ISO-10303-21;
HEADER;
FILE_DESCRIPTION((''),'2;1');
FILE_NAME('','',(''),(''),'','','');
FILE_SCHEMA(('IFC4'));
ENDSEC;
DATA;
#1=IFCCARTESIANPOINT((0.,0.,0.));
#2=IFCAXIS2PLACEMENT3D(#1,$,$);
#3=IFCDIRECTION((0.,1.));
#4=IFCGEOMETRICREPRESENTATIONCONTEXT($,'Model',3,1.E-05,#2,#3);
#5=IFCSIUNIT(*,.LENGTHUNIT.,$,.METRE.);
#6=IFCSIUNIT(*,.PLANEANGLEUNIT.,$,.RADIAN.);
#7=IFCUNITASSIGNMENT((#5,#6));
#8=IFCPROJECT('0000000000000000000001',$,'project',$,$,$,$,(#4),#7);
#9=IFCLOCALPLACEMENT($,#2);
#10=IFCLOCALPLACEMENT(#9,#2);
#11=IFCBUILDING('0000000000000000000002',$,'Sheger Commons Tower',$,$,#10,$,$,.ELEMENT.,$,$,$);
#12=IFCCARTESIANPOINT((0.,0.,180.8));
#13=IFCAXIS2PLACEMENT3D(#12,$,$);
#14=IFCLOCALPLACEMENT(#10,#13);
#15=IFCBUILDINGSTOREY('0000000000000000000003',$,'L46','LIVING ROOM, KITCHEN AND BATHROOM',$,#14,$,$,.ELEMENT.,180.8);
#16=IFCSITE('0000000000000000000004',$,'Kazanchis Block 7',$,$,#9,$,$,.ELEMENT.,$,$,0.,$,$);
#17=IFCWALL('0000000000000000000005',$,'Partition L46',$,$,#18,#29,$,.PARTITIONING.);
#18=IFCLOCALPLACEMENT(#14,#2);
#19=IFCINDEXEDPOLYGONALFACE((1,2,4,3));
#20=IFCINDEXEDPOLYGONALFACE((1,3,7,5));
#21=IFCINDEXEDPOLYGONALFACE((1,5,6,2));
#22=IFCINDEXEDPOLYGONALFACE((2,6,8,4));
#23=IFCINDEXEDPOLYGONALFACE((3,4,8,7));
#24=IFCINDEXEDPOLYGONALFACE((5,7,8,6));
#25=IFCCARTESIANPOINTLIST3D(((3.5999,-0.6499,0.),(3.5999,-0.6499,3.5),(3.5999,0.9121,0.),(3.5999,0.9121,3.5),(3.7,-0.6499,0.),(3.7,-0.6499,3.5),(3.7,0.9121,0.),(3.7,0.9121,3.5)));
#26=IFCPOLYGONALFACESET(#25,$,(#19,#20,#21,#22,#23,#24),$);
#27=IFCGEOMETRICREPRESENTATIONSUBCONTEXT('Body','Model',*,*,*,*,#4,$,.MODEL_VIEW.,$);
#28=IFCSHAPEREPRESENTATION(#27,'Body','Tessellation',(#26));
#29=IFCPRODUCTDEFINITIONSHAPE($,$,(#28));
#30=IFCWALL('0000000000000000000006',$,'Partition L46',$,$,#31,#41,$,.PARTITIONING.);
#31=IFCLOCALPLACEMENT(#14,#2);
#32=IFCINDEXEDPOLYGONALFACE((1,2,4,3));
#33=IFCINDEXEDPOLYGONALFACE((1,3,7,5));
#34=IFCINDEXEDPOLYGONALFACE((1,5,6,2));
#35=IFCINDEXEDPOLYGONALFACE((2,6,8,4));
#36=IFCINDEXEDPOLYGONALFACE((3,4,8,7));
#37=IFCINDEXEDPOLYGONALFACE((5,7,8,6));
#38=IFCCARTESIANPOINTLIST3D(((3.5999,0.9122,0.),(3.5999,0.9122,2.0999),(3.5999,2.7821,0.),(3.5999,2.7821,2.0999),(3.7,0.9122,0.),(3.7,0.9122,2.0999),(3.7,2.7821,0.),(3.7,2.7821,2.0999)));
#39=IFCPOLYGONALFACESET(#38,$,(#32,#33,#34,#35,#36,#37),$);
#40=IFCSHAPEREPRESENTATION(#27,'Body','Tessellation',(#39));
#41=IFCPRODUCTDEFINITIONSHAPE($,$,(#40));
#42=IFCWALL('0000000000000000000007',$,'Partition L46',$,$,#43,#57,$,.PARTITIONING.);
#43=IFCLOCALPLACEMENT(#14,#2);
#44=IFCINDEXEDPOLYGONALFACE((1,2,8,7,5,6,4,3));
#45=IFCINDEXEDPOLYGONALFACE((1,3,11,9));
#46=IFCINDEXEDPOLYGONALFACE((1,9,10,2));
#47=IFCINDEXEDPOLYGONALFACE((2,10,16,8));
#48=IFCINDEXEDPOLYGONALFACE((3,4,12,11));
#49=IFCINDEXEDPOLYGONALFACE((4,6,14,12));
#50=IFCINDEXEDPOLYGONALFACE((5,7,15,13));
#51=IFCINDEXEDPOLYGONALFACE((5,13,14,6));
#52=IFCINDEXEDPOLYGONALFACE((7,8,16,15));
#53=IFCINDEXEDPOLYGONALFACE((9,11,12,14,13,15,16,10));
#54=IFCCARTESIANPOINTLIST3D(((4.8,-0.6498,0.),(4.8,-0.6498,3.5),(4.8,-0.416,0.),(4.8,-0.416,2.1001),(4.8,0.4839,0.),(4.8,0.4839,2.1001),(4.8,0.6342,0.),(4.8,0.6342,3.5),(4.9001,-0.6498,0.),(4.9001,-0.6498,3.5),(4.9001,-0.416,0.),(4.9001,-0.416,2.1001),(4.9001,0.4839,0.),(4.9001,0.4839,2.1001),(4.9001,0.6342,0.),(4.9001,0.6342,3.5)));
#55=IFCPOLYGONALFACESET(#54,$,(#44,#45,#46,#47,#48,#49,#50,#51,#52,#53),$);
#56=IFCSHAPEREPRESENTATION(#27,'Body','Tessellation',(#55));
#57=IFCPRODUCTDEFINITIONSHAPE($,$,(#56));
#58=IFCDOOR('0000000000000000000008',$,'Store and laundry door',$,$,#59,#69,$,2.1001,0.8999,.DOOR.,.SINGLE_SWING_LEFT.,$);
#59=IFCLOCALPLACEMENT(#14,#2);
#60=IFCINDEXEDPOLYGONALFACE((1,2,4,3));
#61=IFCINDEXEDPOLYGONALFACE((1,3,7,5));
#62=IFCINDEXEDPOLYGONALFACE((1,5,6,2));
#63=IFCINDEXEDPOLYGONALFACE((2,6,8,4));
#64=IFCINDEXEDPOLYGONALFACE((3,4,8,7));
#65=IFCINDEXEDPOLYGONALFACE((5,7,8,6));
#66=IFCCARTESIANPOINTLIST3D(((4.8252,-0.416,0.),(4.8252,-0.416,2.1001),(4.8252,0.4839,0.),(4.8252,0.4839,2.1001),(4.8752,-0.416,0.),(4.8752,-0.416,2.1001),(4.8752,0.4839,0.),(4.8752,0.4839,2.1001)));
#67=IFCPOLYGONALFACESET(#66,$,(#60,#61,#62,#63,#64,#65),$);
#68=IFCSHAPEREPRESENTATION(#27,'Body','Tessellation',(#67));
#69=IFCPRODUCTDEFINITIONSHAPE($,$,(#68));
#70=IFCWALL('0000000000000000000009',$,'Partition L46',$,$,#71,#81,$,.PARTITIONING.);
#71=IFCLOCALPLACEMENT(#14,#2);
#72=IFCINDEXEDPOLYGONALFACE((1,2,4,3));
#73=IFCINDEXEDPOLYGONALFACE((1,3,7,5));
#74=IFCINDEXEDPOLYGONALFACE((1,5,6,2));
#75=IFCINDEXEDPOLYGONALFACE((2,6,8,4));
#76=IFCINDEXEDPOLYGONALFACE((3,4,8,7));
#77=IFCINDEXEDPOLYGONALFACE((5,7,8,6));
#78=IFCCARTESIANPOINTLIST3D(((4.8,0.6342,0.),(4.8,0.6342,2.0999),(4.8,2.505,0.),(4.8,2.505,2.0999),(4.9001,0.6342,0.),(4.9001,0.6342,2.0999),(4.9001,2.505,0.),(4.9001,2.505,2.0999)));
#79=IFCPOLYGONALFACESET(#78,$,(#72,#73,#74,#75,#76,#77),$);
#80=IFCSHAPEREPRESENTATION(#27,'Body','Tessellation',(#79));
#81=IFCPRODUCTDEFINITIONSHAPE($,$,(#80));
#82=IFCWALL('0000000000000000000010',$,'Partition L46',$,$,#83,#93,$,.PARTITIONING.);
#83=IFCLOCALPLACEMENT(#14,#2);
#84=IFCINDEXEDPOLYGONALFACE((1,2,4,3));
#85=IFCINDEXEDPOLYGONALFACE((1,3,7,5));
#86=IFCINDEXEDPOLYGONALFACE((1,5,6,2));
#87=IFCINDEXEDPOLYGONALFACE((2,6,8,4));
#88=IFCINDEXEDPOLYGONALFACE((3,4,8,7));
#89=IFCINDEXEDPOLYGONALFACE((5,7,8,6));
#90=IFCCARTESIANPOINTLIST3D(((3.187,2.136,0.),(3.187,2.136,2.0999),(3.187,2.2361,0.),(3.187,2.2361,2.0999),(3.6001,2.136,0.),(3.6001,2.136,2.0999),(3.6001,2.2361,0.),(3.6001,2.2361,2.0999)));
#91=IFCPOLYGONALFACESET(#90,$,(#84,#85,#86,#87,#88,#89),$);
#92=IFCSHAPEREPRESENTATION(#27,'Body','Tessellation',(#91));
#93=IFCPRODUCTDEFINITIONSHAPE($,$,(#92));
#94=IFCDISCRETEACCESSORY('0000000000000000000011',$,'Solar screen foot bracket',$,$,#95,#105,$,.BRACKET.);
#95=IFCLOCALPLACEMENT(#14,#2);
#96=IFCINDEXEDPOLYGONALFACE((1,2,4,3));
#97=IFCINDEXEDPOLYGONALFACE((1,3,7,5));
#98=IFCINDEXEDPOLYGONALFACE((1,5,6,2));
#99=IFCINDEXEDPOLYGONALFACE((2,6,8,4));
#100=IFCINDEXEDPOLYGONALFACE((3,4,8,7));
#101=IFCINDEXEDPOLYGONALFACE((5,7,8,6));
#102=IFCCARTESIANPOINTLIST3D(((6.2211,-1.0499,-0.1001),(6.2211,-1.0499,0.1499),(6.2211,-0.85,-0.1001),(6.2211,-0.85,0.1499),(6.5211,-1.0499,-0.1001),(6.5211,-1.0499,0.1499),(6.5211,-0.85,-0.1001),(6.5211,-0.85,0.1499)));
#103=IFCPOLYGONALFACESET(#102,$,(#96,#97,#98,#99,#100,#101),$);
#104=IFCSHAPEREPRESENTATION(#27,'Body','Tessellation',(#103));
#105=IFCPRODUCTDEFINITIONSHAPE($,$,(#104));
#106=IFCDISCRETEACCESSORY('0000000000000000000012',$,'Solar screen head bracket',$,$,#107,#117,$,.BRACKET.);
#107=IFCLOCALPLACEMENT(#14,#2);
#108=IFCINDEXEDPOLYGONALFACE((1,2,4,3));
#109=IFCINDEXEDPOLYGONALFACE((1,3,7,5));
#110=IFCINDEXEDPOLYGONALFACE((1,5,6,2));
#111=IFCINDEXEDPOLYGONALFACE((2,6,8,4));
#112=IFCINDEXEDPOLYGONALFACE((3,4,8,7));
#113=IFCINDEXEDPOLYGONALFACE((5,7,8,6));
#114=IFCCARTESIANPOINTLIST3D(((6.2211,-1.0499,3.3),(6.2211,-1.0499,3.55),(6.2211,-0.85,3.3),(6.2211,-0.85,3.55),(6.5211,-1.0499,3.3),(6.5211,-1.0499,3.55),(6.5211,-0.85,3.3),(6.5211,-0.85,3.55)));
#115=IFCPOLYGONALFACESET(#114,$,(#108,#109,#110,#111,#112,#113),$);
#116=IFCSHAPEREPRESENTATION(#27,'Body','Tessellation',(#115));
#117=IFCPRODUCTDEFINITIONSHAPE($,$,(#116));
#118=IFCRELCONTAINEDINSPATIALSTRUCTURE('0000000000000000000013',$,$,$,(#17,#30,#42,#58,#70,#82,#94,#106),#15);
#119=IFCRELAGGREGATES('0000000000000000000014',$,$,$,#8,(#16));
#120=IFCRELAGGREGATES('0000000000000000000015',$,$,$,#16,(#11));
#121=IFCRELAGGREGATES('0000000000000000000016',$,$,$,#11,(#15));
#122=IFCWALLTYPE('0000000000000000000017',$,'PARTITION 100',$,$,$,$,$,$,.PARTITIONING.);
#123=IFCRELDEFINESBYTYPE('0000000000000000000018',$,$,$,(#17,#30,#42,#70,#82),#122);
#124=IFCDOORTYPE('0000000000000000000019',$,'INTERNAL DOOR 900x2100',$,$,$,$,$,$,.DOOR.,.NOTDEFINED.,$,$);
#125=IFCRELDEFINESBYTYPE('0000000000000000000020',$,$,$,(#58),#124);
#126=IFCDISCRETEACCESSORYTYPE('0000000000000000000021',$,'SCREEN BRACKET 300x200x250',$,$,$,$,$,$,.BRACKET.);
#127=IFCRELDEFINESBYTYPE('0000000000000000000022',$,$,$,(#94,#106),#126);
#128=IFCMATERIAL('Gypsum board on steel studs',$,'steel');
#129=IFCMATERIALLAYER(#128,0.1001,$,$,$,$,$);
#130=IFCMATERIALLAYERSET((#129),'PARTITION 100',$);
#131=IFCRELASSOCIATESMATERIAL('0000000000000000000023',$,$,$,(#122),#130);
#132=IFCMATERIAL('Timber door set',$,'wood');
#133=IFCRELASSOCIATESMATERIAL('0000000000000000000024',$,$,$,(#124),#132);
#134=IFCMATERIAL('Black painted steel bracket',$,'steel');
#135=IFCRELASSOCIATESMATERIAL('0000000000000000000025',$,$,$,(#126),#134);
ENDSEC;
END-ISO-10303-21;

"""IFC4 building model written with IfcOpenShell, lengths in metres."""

from ifc_helpers import new_model, si_unit, direction, frame, frame_2d, origin, origin_2d, place, context, subcontext, project, spatial, rectangle, extrude, material, layer, layer_set, type_object, element, fill, save


model = new_model("IFC4")

# Units and contexts
model_context = context("Model", 3, precision=1e-05, world=origin(), true_north=direction((0.0, 1.0)))
body_context = subcontext(model_context, "Body", "Model", "MODEL_VIEW")
ifc_project = project(units=[si_unit("LENGTHUNIT", "METRE"), si_unit("PLANEANGLEUNIT", "RADIAN")], contexts=[model_context])

# Site, building, storey
site_placement = place(None, origin())
site = spatial("IfcSite", under=ifc_project, at=site_placement, Name="Kazanchis Block 7", CompositionType="ELEMENT", RefElevation=0.0)
building_placement = place(site_placement, origin())
building = spatial("IfcBuilding", under=site, at=building_placement, Name="Sheger Commons Tower", CompositionType="ELEMENT")
storey_placement = place(building_placement, frame((0.0, 0.0, 180.8)))
storey = spatial("IfcBuildingStorey", under=building, at=storey_placement, Name="L46", Description="LIVING ROOM, KITCHEN AND BATHROOM", CompositionType="ELEMENT", Elevation=180.8)

# Walls
ifc_material_1 = material(Name="Gypsum board on steel studs", Category="steel")
ifc_layer_1 = layer(ifc_material_1, 0.1001)
ifc_layer_set_1 = layer_set([ifc_layer_1], Name="PARTITION 100")
wall_type_1 = type_object("IfcWallType", Name="PARTITION 100", PredefinedType="PARTITIONING", material=ifc_layer_set_1)
wall_1_placement = place(storey_placement, frame((3.6499, -0.6499, 0.0), z_axis=(0.0, 0.0, 1.0), x_axis=(0.0, 1.0, 0.0)))
element("IfcWall", 1, at=wall_1_placement, inside=storey, type_object=wall_type_1, Name="Partition L46", PredefinedType="PARTITIONING", context=body_context, shape_type="SweptSolid", body=[
    extrude(rectangle(XDim=1.562, YDim=0.1001, at=frame_2d((0.781, 0.0))), origin(), (0.0, 0.0, 1.0), 3.5),
])
wall_2_placement = place(storey_placement, frame((3.6499, 0.9121, 0.0), z_axis=(0.0, 0.0, 1.0), x_axis=(0.0, 1.0, 0.0)))
element("IfcWall", 2, at=wall_2_placement, inside=storey, type_object=wall_type_1, Name="Partition L46", PredefinedType="PARTITIONING", context=body_context, shape_type="SweptSolid", body=[
    extrude(rectangle(XDim=1.8699, YDim=0.1001, at=frame_2d((0.9351, 0.0))), origin(), (0.0, 0.0, 1.0), 2.0999),
])

# Wall, opening, door
wall_3_placement = place(storey_placement, frame((4.8501, -0.6499, 0.0), z_axis=(0.0, 0.0, 1.0), x_axis=(0.0, 1.0, 0.0)))
wall_3 = element("IfcWall", 3, at=wall_3_placement, inside=storey, type_object=wall_type_1, Name="Partition L46", PredefinedType="PARTITIONING", context=body_context, shape_type="SweptSolid", body=[
    extrude(rectangle(XDim=1.2839, YDim=0.1001, at=frame_2d((0.6421, 0.0))), origin(), (0.0, 0.0, 1.0), 3.5),
])
opening_1_placement = place(wall_3_placement, frame((0.2339, 0.0, 0.0)))
opening_1 = element("IfcOpeningElement", 4, at=opening_1_placement, cuts=wall_3, PredefinedType="OPENING", context=body_context, shape_type="SweptSolid", body=[
    extrude(rectangle(XDim=0.8999, YDim=2.1001, at=frame_2d((0.45, 1.05))), frame((0.0, 0.0601, 0.0), z_axis=(0.0, -1.0, 0.0), x_axis=(1.0, 0.0, 0.0)), (0.0, 0.0, 1.0), 0.1201),
])
ifc_material_2 = material(Name="Timber door set", Category="wood")
door_type = type_object("IfcDoorType", Name="INTERNAL DOOR 900x2100", OperationType="NOTDEFINED", PredefinedType="DOOR", material=ifc_material_2)
door_placement = place(opening_1_placement, origin())
door = element("IfcDoor", 5, at=door_placement, inside=storey, type_object=door_type, Name="Store and laundry door", OperationType="SINGLE_SWING_LEFT", OverallHeight=2.1001, OverallWidth=0.8999, PredefinedType="DOOR", context=body_context, shape_type="SweptSolid", body=[
    extrude(rectangle(XDim=0.8999, YDim=2.1001, at=frame_2d((0.45, 1.05))), frame((0.0, 0.0249, 0.0), z_axis=(0.0, -1.0, 0.0), x_axis=(1.0, 0.0, 0.0)), (0.0, 0.0, 1.0), 0.05),
])
fill(opening_1, door)

# Walls
wall_4_placement = place(storey_placement, frame((4.8501, 0.634, 0.0), z_axis=(0.0, 0.0, 1.0), x_axis=(0.0, 1.0, 0.0)))
element("IfcWall", 6, at=wall_4_placement, inside=storey, type_object=wall_type_1, Name="Partition L46", PredefinedType="PARTITIONING", context=body_context, shape_type="SweptSolid", body=[
    extrude(rectangle(XDim=1.8708, YDim=0.1001, at=frame_2d((0.9355, 0.0))), origin(), (0.0, 0.0, 1.0), 2.0999),
])
wall_5_placement = place(storey_placement, frame((3.187, 2.186, 0.0), z_axis=(0.0, 0.0, 1.0), x_axis=(1.0, 0.0, 0.0)))
element("IfcWall", 7, at=wall_5_placement, inside=storey, type_object=wall_type_1, Name="Partition L46", PredefinedType="PARTITIONING", context=body_context, shape_type="SweptSolid", body=[
    extrude(rectangle(XDim=0.4131, YDim=0.1001, at=frame_2d((0.2065, 0.0))), origin(), (0.0, 0.0, 1.0), 2.0999),
])

# Discrete accessories
ifc_material_3 = material(Name="Black painted steel bracket", Category="steel")
discrete_accessory_type = type_object("IfcDiscreteAccessoryType", Name="SCREEN BRACKET 300x200x250", PredefinedType="BRACKET", material=ifc_material_3)
for number, where, z_axis, x_axis, name in (
    (8, (6.3711, -0.95, -0.1001), (0.0, 0.0, 1.0), (1.0, 0.0, 0.0), "Solar screen foot bracket"),
    (9, (6.3711, -0.95, 3.3), (0.0, 0.0, 1.0), (1.0, 0.0, 0.0), "Solar screen head bracket"),
):
    element("IfcDiscreteAccessory", number, at=place(storey_placement, frame(where, z_axis=z_axis, x_axis=x_axis)), inside=storey, type_object=discrete_accessory_type, Name=name, PredefinedType="BRACKET", context=body_context, shape_type="SweptSolid", body=[
        extrude(rectangle(XDim=0.3, YDim=0.2, at=origin_2d()), origin(), (0.0, 0.0, 1.0), 0.25),
    ])

save(model, "model.ifc")
